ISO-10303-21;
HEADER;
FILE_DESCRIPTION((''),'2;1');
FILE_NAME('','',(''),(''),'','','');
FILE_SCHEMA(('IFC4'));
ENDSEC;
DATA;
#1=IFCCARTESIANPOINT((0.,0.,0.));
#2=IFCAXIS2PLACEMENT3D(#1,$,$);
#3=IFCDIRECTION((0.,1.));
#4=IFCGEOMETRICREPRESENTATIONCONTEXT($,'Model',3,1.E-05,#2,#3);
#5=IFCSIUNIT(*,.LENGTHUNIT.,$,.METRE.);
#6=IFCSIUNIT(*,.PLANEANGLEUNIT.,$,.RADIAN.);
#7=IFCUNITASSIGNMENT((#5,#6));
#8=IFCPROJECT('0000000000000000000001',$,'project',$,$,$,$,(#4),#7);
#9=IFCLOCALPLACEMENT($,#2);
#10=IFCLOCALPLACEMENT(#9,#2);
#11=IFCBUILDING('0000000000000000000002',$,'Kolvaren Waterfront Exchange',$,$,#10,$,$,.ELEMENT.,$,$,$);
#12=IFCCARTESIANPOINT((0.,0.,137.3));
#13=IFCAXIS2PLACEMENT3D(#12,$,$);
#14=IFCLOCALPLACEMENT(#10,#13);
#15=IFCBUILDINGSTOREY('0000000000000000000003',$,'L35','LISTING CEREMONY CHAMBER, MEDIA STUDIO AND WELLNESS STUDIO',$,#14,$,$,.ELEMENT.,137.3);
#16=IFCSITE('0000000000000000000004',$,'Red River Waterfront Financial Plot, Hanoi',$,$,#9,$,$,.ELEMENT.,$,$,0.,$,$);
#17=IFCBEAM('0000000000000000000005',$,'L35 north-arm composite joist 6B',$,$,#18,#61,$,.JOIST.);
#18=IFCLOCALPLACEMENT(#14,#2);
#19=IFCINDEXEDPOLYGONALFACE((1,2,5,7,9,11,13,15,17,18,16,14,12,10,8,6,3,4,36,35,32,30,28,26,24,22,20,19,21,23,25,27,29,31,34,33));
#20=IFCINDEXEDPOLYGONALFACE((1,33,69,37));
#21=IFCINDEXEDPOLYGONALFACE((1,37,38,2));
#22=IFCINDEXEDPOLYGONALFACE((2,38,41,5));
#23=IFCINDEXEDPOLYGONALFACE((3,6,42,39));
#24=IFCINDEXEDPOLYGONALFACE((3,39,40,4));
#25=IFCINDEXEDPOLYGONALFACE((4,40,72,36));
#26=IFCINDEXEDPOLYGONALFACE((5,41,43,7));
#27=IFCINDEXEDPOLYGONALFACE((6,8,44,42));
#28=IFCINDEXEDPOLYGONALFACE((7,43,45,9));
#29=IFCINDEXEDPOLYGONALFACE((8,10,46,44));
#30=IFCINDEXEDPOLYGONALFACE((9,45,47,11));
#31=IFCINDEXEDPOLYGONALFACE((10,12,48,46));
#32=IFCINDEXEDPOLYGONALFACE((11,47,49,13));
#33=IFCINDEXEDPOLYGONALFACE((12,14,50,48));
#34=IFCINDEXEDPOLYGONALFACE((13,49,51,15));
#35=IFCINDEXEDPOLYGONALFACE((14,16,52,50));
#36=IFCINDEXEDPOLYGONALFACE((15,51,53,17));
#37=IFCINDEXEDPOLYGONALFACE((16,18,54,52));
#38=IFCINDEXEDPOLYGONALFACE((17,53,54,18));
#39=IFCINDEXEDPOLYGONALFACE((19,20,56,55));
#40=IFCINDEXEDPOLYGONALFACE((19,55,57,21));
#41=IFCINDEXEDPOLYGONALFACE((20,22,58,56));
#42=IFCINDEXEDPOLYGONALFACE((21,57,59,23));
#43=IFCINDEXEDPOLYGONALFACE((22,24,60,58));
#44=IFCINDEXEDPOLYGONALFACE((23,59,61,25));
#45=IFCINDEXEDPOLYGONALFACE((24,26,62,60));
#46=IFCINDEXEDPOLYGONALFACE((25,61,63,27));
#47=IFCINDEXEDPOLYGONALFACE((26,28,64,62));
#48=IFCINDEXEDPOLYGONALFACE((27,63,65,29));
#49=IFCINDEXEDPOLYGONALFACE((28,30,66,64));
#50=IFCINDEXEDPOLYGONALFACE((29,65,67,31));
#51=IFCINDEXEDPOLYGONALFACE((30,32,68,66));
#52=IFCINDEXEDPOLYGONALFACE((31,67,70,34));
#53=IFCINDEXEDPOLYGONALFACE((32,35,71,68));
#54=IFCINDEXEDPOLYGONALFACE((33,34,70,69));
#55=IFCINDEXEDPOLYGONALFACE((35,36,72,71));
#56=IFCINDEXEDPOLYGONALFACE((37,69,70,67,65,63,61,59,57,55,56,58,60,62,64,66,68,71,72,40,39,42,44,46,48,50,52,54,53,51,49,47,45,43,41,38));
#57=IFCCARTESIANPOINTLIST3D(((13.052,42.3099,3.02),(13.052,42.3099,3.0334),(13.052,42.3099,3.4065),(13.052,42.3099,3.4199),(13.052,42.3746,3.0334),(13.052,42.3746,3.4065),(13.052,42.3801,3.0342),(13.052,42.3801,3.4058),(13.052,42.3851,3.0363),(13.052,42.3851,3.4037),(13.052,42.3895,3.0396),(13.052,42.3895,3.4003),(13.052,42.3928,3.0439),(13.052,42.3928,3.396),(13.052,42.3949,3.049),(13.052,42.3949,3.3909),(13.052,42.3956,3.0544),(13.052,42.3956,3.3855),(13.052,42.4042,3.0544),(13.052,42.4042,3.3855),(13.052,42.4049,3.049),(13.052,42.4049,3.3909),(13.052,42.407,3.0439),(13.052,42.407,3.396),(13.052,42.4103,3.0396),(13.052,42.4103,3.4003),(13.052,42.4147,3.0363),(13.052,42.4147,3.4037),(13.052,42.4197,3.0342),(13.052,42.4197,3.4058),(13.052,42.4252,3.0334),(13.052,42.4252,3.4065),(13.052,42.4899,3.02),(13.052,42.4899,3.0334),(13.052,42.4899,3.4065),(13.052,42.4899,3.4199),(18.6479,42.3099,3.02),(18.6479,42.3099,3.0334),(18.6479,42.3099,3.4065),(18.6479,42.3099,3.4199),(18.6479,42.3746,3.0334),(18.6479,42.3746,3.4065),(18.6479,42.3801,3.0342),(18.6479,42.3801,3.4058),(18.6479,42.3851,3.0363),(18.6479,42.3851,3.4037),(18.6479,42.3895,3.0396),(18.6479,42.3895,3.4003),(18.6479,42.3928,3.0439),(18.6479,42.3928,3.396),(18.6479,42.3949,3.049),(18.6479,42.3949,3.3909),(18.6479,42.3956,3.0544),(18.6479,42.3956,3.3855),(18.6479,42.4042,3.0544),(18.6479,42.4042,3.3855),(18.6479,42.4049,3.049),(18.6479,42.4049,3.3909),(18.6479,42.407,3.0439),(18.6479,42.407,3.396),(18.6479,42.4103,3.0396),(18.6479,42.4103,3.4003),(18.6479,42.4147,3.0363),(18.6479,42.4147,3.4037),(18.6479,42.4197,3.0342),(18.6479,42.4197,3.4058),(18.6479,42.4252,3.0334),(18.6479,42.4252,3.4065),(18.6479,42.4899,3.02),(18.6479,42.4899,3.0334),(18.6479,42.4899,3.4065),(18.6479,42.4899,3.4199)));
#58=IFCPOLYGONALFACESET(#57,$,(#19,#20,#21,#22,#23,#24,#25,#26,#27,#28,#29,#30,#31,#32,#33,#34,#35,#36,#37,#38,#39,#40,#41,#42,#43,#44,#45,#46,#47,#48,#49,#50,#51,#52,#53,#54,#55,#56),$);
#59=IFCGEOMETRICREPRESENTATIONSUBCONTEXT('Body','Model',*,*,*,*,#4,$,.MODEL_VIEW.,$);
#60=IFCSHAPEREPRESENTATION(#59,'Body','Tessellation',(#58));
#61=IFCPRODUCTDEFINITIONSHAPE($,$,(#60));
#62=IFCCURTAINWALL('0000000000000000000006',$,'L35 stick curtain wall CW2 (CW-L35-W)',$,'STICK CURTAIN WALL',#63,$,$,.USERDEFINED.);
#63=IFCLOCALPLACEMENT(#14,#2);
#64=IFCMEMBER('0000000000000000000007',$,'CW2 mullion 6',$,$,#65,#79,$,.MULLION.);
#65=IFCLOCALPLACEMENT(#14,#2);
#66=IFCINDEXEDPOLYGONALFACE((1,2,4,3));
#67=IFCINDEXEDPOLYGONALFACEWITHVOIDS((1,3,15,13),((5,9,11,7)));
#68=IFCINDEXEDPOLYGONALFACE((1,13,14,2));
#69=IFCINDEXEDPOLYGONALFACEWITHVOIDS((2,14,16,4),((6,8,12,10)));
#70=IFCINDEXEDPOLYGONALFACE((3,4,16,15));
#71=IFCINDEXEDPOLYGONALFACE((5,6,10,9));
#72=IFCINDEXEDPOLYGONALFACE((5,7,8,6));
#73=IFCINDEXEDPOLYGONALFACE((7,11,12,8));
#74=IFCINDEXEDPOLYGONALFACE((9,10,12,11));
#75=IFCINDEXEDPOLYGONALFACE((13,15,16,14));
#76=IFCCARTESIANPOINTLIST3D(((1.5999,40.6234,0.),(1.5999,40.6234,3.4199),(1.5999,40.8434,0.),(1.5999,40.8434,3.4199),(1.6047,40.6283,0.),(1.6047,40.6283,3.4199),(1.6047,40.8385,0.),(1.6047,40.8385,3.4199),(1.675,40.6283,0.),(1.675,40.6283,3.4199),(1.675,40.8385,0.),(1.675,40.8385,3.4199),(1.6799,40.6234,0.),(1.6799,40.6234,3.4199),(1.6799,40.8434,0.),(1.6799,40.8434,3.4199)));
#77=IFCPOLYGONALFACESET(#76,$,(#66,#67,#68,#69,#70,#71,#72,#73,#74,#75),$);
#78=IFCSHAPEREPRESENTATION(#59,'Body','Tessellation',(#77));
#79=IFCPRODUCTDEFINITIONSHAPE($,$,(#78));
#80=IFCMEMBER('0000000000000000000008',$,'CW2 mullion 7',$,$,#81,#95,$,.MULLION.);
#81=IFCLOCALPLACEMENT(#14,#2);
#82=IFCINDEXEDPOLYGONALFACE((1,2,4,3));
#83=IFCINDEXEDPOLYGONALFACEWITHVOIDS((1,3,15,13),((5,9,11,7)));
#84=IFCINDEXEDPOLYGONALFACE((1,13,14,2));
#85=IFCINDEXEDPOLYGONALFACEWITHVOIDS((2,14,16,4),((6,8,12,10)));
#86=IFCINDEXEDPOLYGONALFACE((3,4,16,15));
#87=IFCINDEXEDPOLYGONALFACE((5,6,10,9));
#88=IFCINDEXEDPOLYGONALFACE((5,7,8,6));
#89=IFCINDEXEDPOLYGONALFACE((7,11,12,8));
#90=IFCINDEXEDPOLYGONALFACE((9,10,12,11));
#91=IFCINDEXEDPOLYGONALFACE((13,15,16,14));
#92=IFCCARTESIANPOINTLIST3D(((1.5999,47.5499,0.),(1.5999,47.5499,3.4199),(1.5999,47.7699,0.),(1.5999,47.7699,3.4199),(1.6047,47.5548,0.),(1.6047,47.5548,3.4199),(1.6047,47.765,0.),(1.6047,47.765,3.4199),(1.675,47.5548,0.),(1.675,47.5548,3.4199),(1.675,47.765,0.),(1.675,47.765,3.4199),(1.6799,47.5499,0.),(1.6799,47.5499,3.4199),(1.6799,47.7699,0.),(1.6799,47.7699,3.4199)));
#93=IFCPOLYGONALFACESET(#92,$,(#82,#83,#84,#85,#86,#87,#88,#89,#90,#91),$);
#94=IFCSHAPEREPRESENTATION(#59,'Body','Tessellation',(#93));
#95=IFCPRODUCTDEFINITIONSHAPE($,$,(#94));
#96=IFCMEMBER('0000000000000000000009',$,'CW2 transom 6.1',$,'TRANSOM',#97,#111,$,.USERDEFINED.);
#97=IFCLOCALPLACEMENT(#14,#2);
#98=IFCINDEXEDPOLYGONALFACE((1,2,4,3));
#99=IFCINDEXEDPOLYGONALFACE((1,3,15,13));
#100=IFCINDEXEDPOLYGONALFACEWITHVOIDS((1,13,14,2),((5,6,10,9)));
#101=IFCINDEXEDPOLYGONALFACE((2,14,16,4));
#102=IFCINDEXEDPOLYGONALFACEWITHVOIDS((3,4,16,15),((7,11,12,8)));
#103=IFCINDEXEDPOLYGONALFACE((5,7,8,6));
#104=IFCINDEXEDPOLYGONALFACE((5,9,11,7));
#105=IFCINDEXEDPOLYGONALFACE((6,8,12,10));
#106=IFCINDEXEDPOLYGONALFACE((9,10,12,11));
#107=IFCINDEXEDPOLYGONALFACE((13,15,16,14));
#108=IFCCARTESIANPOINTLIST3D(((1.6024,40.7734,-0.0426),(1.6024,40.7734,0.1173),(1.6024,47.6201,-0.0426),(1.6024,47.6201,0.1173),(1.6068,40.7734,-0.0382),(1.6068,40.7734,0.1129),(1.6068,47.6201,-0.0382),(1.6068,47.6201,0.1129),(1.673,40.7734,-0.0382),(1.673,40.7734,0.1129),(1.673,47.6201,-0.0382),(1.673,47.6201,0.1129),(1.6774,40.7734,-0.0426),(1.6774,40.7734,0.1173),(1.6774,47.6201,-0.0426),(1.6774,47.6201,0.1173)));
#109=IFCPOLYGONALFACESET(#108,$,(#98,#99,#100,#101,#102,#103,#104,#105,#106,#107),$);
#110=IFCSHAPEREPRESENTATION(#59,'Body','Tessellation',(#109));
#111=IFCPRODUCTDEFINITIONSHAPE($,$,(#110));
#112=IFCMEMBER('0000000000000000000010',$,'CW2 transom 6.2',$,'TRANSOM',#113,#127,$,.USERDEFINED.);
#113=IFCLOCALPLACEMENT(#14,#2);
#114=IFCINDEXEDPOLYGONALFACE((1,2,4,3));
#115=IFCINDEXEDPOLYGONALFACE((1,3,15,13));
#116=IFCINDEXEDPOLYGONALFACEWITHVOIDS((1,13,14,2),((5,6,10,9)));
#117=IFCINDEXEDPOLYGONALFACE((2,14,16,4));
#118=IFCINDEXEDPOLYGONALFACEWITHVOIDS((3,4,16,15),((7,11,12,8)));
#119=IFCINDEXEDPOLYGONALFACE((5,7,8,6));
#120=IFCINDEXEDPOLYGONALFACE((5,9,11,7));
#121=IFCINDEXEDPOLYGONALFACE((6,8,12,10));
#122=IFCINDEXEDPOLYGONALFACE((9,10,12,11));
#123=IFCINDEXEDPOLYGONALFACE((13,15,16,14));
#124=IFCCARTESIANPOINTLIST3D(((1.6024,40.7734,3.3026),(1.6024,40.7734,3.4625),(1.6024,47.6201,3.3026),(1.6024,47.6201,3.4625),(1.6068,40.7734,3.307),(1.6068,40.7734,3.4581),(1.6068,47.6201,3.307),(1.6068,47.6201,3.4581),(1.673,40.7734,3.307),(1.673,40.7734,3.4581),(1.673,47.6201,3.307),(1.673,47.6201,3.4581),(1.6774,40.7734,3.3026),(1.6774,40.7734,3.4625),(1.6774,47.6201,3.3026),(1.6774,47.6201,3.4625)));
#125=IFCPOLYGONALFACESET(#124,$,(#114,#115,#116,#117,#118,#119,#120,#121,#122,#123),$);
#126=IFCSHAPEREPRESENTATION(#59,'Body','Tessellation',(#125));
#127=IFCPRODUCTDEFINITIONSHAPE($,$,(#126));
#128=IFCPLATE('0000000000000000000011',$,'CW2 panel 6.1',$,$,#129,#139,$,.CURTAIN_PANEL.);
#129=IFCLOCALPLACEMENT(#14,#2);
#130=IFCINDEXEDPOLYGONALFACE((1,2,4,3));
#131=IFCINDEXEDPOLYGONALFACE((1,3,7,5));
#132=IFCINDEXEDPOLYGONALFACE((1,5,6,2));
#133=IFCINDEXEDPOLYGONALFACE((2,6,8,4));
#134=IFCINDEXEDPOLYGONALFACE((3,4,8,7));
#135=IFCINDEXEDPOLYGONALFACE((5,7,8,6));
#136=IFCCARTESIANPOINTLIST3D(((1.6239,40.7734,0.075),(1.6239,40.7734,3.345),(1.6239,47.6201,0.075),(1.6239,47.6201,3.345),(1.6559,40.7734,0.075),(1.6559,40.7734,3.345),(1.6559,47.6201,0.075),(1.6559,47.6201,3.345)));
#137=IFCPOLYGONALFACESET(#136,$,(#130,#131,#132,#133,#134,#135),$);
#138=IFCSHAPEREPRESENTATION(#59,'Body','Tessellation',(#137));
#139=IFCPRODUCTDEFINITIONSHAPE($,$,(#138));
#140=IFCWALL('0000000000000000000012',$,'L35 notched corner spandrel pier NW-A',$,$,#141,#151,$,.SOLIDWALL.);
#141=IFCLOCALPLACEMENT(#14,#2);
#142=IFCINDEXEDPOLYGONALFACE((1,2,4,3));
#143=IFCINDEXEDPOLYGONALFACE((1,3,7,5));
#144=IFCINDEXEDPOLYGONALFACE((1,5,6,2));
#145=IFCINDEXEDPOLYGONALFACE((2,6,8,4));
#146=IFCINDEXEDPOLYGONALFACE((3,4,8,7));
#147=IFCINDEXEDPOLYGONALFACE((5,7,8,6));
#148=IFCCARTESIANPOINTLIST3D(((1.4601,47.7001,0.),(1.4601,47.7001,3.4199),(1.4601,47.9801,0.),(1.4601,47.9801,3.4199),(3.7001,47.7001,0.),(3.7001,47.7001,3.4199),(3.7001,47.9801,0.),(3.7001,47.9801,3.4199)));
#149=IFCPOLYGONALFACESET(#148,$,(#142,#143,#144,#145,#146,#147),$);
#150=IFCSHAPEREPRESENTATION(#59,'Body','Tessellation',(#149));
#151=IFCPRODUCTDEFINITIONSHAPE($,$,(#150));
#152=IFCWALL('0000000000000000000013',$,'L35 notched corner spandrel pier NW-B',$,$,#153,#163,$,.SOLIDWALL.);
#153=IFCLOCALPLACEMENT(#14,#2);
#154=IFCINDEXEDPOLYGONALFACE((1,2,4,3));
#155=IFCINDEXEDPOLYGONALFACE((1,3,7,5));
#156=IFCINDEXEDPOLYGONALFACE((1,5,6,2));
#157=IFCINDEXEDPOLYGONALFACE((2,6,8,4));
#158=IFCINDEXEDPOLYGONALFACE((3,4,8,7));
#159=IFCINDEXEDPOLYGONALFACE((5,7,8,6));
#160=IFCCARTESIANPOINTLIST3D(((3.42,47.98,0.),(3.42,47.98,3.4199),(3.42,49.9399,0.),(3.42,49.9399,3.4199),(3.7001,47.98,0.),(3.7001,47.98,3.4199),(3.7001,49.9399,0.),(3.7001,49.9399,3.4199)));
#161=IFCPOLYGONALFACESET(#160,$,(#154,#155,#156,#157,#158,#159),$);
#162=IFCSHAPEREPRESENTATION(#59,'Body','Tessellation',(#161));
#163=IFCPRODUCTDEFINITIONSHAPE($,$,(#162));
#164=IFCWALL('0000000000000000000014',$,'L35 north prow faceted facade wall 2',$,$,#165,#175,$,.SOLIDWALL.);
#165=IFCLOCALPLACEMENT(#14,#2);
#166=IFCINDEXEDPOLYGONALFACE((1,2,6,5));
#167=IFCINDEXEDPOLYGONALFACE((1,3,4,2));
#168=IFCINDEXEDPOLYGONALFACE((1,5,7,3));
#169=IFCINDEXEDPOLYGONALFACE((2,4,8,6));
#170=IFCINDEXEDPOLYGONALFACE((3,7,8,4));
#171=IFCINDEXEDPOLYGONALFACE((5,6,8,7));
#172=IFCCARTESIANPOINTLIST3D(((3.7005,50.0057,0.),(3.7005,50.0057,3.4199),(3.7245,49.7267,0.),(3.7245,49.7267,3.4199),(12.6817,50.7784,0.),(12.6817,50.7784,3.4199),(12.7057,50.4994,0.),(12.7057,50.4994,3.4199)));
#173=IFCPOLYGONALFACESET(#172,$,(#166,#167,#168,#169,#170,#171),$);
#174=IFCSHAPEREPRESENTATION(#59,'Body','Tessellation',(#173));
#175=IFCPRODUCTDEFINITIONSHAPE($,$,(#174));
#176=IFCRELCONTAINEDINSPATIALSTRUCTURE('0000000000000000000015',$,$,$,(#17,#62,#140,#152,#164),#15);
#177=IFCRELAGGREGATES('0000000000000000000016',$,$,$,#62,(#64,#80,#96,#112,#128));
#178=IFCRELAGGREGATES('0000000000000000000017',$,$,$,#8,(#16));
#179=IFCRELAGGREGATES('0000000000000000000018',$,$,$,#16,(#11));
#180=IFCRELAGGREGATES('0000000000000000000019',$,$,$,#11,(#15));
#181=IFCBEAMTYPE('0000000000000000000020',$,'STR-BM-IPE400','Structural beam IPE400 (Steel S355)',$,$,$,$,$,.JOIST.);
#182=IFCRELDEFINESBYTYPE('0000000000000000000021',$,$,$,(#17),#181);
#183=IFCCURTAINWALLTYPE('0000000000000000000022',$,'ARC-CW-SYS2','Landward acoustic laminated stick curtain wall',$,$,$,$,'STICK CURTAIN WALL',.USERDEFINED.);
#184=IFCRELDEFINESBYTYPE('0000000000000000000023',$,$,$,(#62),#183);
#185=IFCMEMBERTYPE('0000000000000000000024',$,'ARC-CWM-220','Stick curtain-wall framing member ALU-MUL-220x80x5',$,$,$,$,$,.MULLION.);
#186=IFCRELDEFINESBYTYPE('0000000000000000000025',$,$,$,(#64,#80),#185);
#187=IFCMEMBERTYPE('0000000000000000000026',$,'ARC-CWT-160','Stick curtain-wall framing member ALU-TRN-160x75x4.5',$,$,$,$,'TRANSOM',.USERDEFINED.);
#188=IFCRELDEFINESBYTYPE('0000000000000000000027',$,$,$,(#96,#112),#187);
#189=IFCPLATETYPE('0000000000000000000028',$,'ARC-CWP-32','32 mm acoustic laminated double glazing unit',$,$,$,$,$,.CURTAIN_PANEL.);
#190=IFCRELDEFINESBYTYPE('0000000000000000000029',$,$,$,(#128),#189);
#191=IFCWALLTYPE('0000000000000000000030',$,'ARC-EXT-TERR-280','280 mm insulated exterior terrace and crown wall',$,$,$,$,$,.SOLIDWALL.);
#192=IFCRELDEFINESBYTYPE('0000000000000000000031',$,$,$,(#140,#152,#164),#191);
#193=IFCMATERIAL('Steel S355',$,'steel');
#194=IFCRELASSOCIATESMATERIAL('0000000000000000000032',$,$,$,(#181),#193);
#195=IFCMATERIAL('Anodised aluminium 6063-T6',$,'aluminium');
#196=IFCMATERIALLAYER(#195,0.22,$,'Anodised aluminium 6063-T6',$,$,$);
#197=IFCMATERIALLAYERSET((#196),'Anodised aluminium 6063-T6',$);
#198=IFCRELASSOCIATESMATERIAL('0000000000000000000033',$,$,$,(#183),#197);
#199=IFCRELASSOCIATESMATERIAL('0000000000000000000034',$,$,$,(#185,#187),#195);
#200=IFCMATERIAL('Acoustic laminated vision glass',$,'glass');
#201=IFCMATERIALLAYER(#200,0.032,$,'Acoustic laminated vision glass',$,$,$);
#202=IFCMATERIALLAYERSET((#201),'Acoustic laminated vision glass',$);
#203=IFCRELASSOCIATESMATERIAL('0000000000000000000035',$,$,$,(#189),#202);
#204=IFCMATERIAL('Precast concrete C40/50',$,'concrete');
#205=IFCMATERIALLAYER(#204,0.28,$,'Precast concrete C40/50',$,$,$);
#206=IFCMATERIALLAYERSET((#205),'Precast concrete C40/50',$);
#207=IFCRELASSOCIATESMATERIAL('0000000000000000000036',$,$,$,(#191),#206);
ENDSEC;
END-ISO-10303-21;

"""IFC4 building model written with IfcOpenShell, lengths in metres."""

from ifc_helpers import new_model, si_unit, direction, frame, frame_2d, origin, origin_with_axes, origin_2d, place, context, subcontext, project, spatial, rectangle, hollow_rectangle, i_section, extrude, source, transform, mapped, material, layer, layer_set, material_profile, profile_set, type_object, element, aggregate, save


model = new_model("IFC4")

# Units and contexts
model_context = context("Model", 3, precision=1e-05, world=origin(), true_north=direction((0.0, 1.0)))
body_context = subcontext(model_context, "Body", "Model", "MODEL_VIEW")
ifc_project = project(units=[si_unit("LENGTHUNIT", "METRE"), si_unit("PLANEANGLEUNIT", "RADIAN")], contexts=[model_context])

# Site, building, storey
site_placement = place(None, origin())
site = spatial("IfcSite", under=ifc_project, at=site_placement, Name="Red River Waterfront Financial Plot, Hanoi", CompositionType="ELEMENT", RefElevation=0.0)
building_placement = place(site_placement, origin())
building = spatial("IfcBuilding", under=site, at=building_placement, Name="Kolvaren Waterfront Exchange", CompositionType="ELEMENT")
storey_placement = place(building_placement, frame((0.0, 0.0, 137.3)))
storey = spatial("IfcBuildingStorey", under=building, at=storey_placement, Name="L35", Description="LISTING CEREMONY CHAMBER, MEDIA STUDIO AND WELLNESS STUDIO", CompositionType="ELEMENT", Elevation=137.3)

# Beam
ifc_material_1 = material(Name="Steel S355", Category="steel")
ifc_material_profile_1 = material_profile(ifc_material_1, i_section(OverallWidth=0.1799, OverallDepth=0.3999, WebThickness=0.0085, FlangeThickness=0.0134, FilletRadius=0.021, at=origin_2d()), Name="IPE400")
ifc_profile_set_1 = profile_set([ifc_material_profile_1], Name="Steel S355")
beam_type_1 = type_object("IfcBeamType", Name="STR-BM-IPE400", Description="Structural beam IPE400 (Steel S355)", PredefinedType="JOIST", material=ifc_profile_set_1)
beam_1_placement = place(storey_placement, frame((13.052, 42.3999, 3.22), z_axis=(1.0, 0.0, 0.0), x_axis=(0.0, 1.0, 0.0)))
element("IfcBeam", 1, at=beam_1_placement, inside=storey, type_object=beam_type_1, Name="L35 north-arm composite joist 6B", PredefinedType="JOIST", context=body_context, shape_type="SweptSolid", body=[
    extrude(i_section(OverallWidth=0.1799, OverallDepth=0.3999, WebThickness=0.0085, FlangeThickness=0.0134, FilletRadius=0.021, at=origin_2d()), origin(), (0.0, 0.0, 1.0), 5.5959),
])

# Curtain wall, members, plate
ifc_material_2 = material(Name="Anodised aluminium 6063-T6", Category="aluminium")
ifc_layer_1 = layer(ifc_material_2, 0.22, Name="Anodised aluminium 6063-T6")
ifc_layer_set_1 = layer_set([ifc_layer_1], Name="Anodised aluminium 6063-T6")
curtain_wall_type = type_object("IfcCurtainWallType", Name="ARC-CW-SYS2", Description="Landward acoustic laminated stick curtain wall", ElementType="STICK CURTAIN WALL", PredefinedType="USERDEFINED", material=ifc_layer_set_1)
curtain_wall_placement = place(storey_placement, origin())
curtain_wall = element("IfcCurtainWall", 2, at=curtain_wall_placement, inside=storey, type_object=curtain_wall_type, Name="L35 stick curtain wall CW2 (CW-L35-W)", ObjectType="STICK CURTAIN WALL", PredefinedType="USERDEFINED")
ifc_material_profile_2 = material_profile(ifc_material_2, hollow_rectangle(XDim=0.0801, YDim=0.22, WallThickness=0.0049, at=origin_2d()), Name="ALU-MUL-220x80x5")
ifc_profile_set_2 = profile_set([ifc_material_profile_2], Name="Anodised aluminium 6063-T6")
member_type_1 = type_object("IfcMemberType", Name="ARC-CWM-220", Description="Stick curtain-wall framing member ALU-MUL-220x80x5", PredefinedType="MULLION", material=ifc_profile_set_2)
shared_shape_1 = source(origin_with_axes(), body_context, "Body", "SweptSolid", [
    extrude(hollow_rectangle(XDim=0.0801, YDim=0.22, WallThickness=0.0049, at=origin_2d()), origin(), (0.0, 0.0, 1.0), 3.4199),
])
member_1_placement = place(storey_placement, frame((1.6399, 40.7334, 0.0), z_axis=(0.0, 0.0, 1.0), x_axis=(-1.0, 0.0, 0.0)))
member_1 = element("IfcMember", 3, at=member_1_placement, type_object=member_type_1, Name="CW2 mullion 6", PredefinedType="MULLION", context=body_context, shape_type="MappedRepresentation", body=[
    mapped(shared_shape_1, transform((0.0, 0.0, 0.0), x_axis=(1.0, 0.0, 0.0), y_axis=(0.0, 1.0, 0.0), z_axis=(0.0, 0.0, 1.0), scale=1.0)),
])
member_2_placement = place(storey_placement, frame((1.6399, 47.6599, 0.0), z_axis=(0.0, 0.0, 1.0), x_axis=(-1.0, 0.0, 0.0)))
member_2 = element("IfcMember", 4, at=member_2_placement, type_object=member_type_1, Name="CW2 mullion 7", PredefinedType="MULLION", context=body_context, shape_type="MappedRepresentation", body=[
    mapped(shared_shape_1, transform((0.0, 0.0, 0.0), x_axis=(1.0, 0.0, 0.0), y_axis=(0.0, 1.0, 0.0), z_axis=(0.0, 0.0, 1.0), scale=1.0)),
])
ifc_material_profile_3 = material_profile(ifc_material_2, hollow_rectangle(XDim=0.075, YDim=0.1599, WallThickness=0.0044, at=origin_2d()), Name="ALU-TRN-160x75x4.5")
ifc_profile_set_3 = profile_set([ifc_material_profile_3], Name="Anodised aluminium 6063-T6")
member_type_2 = type_object("IfcMemberType", Name="ARC-CWT-160", Description="Stick curtain-wall framing member ALU-TRN-160x75x4.5", ElementType="TRANSOM", PredefinedType="USERDEFINED", material=ifc_profile_set_3)
shared_shape_2 = source(origin_with_axes(), body_context, "Body", "SweptSolid", [
    extrude(hollow_rectangle(XDim=0.075, YDim=0.1599, WallThickness=0.0044, at=origin_2d()), origin(), (0.0, 0.0, 1.0), 6.8467),
])
member_3_placement = place(storey_placement, frame((1.6399, 40.7734, 0.0374), z_axis=(0.0, 1.0, 0.0), x_axis=(-1.0, 0.0, 0.0)))
member_3 = element("IfcMember", 5, at=member_3_placement, type_object=member_type_2, Name="CW2 transom 6.1", ObjectType="TRANSOM", PredefinedType="USERDEFINED", context=body_context, shape_type="MappedRepresentation", body=[
    mapped(shared_shape_2, transform((0.0, 0.0, 0.0), x_axis=(1.0, 0.0, 0.0), y_axis=(0.0, 1.0, 0.0), z_axis=(0.0, 0.0, 1.0), scale=1.0)),
])
member_4_placement = place(storey_placement, frame((1.6399, 40.7734, 3.3826), z_axis=(0.0, 1.0, 0.0), x_axis=(-1.0, 0.0, 0.0)))
member_4 = element("IfcMember", 6, at=member_4_placement, type_object=member_type_2, Name="CW2 transom 6.2", ObjectType="TRANSOM", PredefinedType="USERDEFINED", context=body_context, shape_type="MappedRepresentation", body=[
    mapped(shared_shape_2, transform((0.0, 0.0, 0.0), x_axis=(1.0, 0.0, 0.0), y_axis=(0.0, 1.0, 0.0), z_axis=(0.0, 0.0, 1.0), scale=1.0)),
])
ifc_material_3 = material(Name="Acoustic laminated vision glass", Category="glass")
ifc_layer_2 = layer(ifc_material_3, 0.032, Name="Acoustic laminated vision glass")
ifc_layer_set_2 = layer_set([ifc_layer_2], Name="Acoustic laminated vision glass")
plate_type = type_object("IfcPlateType", Name="ARC-CWP-32", Description="32 mm acoustic laminated double glazing unit", PredefinedType="CURTAIN_PANEL", material=ifc_layer_set_2)
shared_shape_3 = source(origin_with_axes(), body_context, "Body", "SweptSolid", [
    extrude(rectangle(XDim=6.8467, YDim=0.032, at=origin_2d()), origin(), (0.0, 0.0, 1.0), 3.27),
])
plate_placement = place(storey_placement, frame((1.6399, 44.1968, 0.075), z_axis=(0.0, 0.0, 1.0), x_axis=(0.0, 1.0, 0.0)))
plate = element("IfcPlate", 7, at=plate_placement, type_object=plate_type, Name="CW2 panel 6.1", PredefinedType="CURTAIN_PANEL", context=body_context, shape_type="MappedRepresentation", body=[
    mapped(shared_shape_3, transform((0.0, 0.0, 0.0), x_axis=(1.0, 0.0, 0.0), y_axis=(0.0, 1.0, 0.0), z_axis=(0.0, 0.0, 1.0), scale=1.0)),
])
aggregate(curtain_wall, [member_1, member_2, member_3, member_4, plate])

# Walls
ifc_material_4 = material(Name="Precast concrete C40/50", Category="concrete")
ifc_layer_3 = layer(ifc_material_4, 0.28, Name="Precast concrete C40/50")
ifc_layer_set_3 = layer_set([ifc_layer_3], Name="Precast concrete C40/50")
wall_type_1 = type_object("IfcWallType", Name="ARC-EXT-TERR-280", Description="280 mm insulated exterior terrace and crown wall", PredefinedType="SOLIDWALL", material=ifc_layer_set_3)
wall_1_placement = place(storey_placement, frame((1.46, 47.8401, 0.0), z_axis=(0.0, 0.0, 1.0), x_axis=(1.0, 0.0, 0.0)))
element("IfcWall", 8, at=wall_1_placement, inside=storey, type_object=wall_type_1, Name="L35 notched corner spandrel pier NW-A", PredefinedType="SOLIDWALL", context=body_context, shape_type="SweptSolid", body=[
    extrude(rectangle(XDim=2.24, YDim=0.28, at=frame_2d((1.1201, 0.0))), origin(), (0.0, 0.0, 1.0), 3.4199),
])
wall_2_placement = place(storey_placement, frame((3.5601, 47.98, 0.0), z_axis=(0.0, 0.0, 1.0), x_axis=(0.0, 1.0, 0.0)))
element("IfcWall", 9, at=wall_2_placement, inside=storey, type_object=wall_type_1, Name="L35 notched corner spandrel pier NW-B", PredefinedType="SOLIDWALL", context=body_context, shape_type="SweptSolid", body=[
    extrude(rectangle(XDim=1.96, YDim=0.28, at=frame_2d((0.98, 0.0))), origin(), (0.0, 0.0, 1.0), 3.4199),
])
wall_3_placement = place(storey_placement, frame((12.6938, 50.6389, 0.0), z_axis=(0.0, 0.0, 1.0), x_axis=(-0.996319, -0.085719, 0.0)))
element("IfcWall", 10, at=wall_3_placement, inside=storey, type_object=wall_type_1, Name="L35 north prow faceted facade wall 2", PredefinedType="SOLIDWALL", context=body_context, shape_type="SweptSolid", body=[
    extrude(rectangle(XDim=9.0144, YDim=0.28, at=frame_2d((4.5073, 0.0))), origin(), (0.0, 0.0, 1.0), 3.4199),
])

save(model, "model.ifc")
